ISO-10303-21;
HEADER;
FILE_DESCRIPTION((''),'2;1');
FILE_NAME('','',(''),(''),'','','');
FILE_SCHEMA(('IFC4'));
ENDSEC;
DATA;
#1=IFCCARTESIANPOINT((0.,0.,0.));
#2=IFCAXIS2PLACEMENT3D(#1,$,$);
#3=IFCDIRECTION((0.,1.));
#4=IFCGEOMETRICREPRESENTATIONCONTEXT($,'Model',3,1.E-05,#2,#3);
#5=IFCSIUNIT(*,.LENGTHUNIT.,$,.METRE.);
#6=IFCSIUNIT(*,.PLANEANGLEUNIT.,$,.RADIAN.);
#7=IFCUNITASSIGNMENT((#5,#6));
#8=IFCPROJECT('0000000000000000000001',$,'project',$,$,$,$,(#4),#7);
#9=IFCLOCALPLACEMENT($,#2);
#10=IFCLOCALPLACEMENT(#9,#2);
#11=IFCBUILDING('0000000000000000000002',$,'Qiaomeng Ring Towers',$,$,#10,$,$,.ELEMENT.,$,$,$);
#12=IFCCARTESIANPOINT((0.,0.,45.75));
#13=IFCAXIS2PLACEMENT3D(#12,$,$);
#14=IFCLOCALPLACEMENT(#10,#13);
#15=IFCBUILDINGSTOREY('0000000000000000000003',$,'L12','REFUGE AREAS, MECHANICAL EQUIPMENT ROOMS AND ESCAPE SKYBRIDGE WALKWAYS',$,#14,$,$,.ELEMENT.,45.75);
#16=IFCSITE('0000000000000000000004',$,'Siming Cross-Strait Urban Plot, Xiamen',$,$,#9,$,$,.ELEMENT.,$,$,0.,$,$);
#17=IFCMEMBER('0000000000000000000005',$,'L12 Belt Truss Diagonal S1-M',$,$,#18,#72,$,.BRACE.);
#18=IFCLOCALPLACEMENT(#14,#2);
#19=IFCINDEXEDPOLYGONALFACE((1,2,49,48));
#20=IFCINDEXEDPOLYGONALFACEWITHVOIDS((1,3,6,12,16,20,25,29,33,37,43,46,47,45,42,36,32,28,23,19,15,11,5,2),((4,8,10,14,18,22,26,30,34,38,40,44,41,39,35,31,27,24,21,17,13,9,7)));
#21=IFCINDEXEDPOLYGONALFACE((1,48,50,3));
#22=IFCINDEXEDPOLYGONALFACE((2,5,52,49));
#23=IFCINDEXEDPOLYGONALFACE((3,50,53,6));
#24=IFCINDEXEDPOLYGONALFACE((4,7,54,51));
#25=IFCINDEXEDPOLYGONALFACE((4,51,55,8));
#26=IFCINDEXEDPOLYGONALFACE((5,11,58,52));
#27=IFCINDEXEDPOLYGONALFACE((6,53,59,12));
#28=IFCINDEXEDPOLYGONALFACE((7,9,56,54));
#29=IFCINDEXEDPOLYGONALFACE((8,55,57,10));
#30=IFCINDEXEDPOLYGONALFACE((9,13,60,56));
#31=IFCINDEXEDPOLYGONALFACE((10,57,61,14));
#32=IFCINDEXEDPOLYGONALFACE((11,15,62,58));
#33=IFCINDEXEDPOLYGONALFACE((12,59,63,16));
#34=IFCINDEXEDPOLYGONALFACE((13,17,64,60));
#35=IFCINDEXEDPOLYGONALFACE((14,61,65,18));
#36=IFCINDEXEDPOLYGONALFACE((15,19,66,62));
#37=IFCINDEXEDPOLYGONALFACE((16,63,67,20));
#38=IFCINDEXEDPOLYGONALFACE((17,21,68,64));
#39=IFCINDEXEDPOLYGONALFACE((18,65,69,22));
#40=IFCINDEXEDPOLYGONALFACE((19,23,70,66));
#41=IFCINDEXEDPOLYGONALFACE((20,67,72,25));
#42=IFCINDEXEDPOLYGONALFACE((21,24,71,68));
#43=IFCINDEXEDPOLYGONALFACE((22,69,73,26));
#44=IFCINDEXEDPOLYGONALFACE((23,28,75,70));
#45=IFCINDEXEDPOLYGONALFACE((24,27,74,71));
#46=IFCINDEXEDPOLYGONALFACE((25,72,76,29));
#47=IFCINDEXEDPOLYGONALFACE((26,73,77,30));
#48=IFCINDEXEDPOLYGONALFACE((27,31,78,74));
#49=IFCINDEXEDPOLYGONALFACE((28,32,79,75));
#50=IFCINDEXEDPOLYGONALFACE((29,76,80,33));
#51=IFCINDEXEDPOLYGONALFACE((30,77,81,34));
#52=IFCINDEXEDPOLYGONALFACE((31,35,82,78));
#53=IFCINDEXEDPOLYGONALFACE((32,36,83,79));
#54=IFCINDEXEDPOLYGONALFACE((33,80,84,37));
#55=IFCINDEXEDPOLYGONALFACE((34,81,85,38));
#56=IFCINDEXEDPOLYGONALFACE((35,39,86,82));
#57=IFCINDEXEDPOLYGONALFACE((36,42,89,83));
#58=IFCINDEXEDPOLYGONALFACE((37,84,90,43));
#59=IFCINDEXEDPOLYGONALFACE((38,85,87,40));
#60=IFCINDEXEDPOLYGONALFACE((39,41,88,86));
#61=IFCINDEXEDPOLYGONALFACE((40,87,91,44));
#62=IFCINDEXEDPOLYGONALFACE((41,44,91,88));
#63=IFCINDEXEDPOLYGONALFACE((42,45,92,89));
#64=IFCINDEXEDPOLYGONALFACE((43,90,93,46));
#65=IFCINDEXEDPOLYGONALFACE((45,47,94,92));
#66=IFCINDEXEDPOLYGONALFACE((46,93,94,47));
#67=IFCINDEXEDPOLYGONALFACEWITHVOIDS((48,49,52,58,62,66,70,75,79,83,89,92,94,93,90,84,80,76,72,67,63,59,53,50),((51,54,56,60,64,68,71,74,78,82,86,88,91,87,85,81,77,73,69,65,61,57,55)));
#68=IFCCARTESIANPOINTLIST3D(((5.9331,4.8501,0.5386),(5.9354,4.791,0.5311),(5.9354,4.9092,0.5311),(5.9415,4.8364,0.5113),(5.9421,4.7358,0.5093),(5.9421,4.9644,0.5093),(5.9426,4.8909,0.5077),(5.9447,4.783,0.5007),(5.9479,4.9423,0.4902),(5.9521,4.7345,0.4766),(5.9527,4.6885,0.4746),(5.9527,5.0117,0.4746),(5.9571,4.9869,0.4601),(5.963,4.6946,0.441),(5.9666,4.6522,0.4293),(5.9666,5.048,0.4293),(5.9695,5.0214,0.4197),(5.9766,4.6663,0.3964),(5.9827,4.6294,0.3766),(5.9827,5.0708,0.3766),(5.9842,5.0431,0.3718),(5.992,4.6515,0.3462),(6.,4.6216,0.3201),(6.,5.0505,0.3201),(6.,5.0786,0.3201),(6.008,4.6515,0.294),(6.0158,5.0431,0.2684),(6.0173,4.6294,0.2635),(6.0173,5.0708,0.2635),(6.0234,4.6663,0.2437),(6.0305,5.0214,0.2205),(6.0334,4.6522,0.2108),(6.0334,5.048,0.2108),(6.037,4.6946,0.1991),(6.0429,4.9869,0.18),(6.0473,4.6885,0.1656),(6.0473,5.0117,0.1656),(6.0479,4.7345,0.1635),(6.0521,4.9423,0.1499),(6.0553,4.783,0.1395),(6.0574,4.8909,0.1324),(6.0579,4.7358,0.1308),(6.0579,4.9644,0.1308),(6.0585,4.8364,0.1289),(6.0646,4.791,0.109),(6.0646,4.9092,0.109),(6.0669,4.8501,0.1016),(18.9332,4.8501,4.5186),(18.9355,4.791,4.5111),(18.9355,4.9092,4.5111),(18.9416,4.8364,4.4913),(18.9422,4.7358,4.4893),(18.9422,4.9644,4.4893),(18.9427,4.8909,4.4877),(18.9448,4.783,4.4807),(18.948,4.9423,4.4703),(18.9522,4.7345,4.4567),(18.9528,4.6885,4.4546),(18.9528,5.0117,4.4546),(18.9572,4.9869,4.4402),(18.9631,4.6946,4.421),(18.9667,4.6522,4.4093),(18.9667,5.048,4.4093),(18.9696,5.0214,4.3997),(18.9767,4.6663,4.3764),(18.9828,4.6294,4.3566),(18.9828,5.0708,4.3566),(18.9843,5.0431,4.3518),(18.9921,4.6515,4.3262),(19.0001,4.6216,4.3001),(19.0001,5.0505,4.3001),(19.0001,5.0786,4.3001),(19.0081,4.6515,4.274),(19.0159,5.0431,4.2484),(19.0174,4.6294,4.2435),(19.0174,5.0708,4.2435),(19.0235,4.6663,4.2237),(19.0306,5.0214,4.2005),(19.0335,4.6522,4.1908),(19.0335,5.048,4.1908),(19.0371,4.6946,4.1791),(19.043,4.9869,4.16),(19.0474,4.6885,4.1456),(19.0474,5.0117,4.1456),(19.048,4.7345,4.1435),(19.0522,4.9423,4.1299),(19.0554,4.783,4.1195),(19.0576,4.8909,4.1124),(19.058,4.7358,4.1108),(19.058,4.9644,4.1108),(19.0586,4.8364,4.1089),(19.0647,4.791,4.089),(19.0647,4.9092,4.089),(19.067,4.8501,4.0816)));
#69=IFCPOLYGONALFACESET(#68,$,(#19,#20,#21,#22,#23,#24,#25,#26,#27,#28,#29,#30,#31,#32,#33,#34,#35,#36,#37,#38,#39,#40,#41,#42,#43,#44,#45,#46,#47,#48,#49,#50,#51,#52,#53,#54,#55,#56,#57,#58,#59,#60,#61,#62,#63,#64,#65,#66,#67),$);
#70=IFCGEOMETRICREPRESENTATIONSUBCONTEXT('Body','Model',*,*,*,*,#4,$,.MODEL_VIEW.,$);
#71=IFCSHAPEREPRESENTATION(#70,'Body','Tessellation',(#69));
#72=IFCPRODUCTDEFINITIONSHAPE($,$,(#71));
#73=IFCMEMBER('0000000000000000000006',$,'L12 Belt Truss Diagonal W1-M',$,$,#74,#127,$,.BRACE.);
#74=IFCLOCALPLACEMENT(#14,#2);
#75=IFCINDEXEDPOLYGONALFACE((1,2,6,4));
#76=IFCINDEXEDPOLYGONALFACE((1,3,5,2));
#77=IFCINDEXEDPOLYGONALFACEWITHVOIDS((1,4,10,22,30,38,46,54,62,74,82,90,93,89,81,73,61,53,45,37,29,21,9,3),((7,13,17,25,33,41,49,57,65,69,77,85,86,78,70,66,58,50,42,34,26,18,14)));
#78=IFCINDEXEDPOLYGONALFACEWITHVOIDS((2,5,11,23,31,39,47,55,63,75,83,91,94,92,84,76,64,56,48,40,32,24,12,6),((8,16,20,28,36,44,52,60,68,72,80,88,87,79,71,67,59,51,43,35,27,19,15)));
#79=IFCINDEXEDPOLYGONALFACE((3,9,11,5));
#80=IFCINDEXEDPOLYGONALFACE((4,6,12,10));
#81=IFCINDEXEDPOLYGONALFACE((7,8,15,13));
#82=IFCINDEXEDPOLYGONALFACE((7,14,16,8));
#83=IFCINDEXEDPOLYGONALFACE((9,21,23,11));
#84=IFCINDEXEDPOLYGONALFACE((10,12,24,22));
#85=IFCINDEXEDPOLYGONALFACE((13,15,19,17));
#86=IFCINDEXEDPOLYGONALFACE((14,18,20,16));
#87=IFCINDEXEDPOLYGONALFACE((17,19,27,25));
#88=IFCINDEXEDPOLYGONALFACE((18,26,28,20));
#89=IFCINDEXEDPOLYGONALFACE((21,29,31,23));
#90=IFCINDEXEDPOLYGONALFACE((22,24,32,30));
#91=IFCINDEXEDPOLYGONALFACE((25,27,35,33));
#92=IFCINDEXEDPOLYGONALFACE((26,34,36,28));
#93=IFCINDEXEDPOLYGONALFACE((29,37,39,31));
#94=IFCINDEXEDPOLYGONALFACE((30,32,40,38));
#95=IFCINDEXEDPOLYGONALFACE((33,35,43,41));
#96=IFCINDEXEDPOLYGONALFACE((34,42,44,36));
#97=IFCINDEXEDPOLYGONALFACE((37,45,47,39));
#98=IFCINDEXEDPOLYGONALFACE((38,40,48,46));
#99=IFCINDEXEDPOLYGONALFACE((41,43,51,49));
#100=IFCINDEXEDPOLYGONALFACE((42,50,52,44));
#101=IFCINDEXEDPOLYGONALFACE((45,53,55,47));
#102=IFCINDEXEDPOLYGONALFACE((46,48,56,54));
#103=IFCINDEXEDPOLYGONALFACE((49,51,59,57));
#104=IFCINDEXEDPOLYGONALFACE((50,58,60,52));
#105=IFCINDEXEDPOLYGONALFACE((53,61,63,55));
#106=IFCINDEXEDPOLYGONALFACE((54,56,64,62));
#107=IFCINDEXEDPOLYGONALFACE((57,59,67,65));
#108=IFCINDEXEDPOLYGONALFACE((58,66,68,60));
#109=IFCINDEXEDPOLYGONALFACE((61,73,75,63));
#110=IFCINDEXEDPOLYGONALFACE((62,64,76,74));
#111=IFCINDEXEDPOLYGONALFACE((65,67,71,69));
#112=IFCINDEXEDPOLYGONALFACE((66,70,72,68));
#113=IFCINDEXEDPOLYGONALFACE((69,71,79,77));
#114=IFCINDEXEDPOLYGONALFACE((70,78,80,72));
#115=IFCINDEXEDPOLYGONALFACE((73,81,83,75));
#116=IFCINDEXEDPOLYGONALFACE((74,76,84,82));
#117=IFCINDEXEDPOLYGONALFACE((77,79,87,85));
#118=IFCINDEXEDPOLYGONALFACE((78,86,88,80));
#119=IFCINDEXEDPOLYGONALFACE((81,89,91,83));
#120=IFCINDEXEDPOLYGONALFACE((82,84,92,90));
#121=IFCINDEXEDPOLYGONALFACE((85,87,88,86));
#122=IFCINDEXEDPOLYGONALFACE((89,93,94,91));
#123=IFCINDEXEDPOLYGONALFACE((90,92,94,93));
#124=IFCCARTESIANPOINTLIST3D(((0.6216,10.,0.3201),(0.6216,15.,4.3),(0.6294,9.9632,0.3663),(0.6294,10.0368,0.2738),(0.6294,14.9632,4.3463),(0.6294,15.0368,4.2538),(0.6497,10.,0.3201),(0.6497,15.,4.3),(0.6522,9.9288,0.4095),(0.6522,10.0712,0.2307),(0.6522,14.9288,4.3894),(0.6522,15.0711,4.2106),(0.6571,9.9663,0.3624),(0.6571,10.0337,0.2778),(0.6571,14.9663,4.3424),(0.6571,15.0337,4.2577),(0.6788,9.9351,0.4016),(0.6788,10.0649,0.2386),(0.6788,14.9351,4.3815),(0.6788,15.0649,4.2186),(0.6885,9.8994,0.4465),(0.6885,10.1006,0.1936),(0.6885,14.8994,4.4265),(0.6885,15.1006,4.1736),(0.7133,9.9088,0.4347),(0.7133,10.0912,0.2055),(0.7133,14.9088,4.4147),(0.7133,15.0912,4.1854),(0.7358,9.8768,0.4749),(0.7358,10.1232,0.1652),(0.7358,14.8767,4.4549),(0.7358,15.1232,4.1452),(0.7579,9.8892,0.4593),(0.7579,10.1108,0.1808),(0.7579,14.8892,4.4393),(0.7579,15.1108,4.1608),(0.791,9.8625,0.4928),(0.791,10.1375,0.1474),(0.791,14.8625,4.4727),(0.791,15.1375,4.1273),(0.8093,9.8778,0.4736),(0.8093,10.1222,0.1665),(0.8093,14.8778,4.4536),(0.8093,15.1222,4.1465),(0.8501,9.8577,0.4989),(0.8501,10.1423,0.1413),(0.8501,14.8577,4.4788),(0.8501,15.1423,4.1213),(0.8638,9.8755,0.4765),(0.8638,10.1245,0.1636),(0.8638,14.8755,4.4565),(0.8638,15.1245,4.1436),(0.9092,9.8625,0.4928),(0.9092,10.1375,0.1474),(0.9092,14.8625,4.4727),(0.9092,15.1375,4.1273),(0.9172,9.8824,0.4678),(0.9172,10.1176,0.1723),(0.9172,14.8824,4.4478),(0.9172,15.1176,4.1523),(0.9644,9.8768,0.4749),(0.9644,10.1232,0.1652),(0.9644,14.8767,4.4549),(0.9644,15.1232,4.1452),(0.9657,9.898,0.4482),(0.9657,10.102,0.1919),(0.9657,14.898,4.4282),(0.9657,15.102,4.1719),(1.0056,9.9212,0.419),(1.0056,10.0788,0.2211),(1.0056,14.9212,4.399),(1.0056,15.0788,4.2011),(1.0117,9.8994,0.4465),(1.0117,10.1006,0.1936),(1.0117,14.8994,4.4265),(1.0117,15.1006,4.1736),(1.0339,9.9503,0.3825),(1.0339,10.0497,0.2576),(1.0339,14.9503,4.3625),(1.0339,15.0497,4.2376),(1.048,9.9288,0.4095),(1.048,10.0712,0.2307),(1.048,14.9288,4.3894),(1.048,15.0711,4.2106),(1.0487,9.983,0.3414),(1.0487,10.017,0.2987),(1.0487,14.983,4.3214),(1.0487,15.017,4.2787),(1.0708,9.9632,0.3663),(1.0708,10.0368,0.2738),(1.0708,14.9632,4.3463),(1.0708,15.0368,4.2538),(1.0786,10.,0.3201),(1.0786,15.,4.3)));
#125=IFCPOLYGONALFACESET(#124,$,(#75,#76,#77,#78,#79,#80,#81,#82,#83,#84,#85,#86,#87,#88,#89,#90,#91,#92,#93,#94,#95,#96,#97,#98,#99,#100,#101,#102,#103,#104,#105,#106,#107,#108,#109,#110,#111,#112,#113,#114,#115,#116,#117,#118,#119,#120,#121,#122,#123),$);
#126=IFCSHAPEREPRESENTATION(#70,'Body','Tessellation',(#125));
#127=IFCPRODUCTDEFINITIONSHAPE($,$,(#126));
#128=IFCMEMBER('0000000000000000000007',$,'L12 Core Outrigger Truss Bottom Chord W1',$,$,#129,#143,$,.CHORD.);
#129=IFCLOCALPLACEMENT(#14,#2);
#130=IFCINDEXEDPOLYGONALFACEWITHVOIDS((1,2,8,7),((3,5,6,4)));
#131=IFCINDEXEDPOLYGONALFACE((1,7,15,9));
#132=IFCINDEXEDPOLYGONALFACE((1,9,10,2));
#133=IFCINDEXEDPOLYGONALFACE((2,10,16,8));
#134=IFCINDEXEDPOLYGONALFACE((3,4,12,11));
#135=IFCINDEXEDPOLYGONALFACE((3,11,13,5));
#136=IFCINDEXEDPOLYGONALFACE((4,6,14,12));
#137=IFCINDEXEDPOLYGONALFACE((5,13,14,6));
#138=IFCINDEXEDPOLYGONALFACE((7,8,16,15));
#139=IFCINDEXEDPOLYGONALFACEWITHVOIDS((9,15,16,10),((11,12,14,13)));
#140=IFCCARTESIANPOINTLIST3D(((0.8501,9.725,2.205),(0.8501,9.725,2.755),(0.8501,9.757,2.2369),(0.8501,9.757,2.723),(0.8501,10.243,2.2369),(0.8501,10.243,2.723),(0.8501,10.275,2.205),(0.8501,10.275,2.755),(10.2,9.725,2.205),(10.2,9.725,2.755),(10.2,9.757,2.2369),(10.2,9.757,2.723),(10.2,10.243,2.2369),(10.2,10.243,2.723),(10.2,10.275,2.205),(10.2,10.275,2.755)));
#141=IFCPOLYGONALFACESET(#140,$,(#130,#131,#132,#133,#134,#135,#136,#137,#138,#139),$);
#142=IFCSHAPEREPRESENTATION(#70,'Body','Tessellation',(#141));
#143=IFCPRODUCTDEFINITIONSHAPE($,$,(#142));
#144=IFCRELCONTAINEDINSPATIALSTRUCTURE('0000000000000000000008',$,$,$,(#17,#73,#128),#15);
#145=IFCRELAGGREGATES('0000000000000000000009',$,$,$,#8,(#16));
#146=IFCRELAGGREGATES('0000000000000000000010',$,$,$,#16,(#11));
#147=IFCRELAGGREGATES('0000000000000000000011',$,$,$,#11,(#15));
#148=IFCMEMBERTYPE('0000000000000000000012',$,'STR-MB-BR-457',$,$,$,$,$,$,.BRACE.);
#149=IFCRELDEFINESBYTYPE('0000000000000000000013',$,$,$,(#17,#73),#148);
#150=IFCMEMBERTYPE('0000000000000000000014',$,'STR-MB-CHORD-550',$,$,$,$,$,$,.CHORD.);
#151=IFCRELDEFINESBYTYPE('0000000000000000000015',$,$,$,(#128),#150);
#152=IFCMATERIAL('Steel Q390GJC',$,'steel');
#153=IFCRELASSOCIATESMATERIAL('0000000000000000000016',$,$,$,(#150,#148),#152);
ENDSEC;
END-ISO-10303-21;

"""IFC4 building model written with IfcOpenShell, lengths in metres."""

from ifc_helpers import new_model, si_unit, direction, frame, origin, origin_2d, place, context, subcontext, project, spatial, hollow_rectangle, hollow_circle, extrude, source, transform, mapped, material, material_profile, profile_set, type_object, element, save


model = new_model("IFC4")

# Units and contexts
model_context = context("Model", 3, precision=1e-05, world=origin(), true_north=direction((0.0, 1.0)))
body_context = subcontext(model_context, "Body", "Model", "MODEL_VIEW")
ifc_project = project(units=[si_unit("LENGTHUNIT", "METRE"), si_unit("PLANEANGLEUNIT", "RADIAN")], contexts=[model_context])

# Site, building, storey
site_placement = place(None, origin())
site = spatial("IfcSite", under=ifc_project, at=site_placement, Name="Siming Cross-Strait Urban Plot, Xiamen", CompositionType="ELEMENT", RefElevation=0.0)
building_placement = place(site_placement, origin())
building = spatial("IfcBuilding", under=site, at=building_placement, Name="Qiaomeng Ring Towers", CompositionType="ELEMENT")
storey_placement = place(building_placement, frame((0.0, 0.0, 45.75)))
storey = spatial("IfcBuildingStorey", under=building, at=storey_placement, Name="L12", Description="REFUGE AREAS, MECHANICAL EQUIPMENT ROOMS AND ESCAPE SKYBRIDGE WALKWAYS", CompositionType="ELEMENT", Elevation=45.75)

# Shared definitions
ifc_material_1 = material(Name="Steel Q390GJC", Category="steel")

# Members
ifc_material_profile_1 = material_profile(ifc_material_1, hollow_rectangle(XDim=0.55, YDim=0.55, WallThickness=0.032, at=origin_2d()), Name="SHS 550x550x32")
ifc_profile_set_1 = profile_set([ifc_material_profile_1], Name="Steel Q390GJC")
member_type_1 = type_object("IfcMemberType", Name="STR-MB-CHORD-550", PredefinedType="CHORD", material=ifc_profile_set_1)
ifc_material_profile_2 = material_profile(ifc_material_1, hollow_circle(Radius=0.2285, WallThickness=0.0281, at=origin_2d()), Name="CHS 457x28")
ifc_profile_set_2 = profile_set([ifc_material_profile_2], Name="Steel Q390GJC")
member_type_2 = type_object("IfcMemberType", Name="STR-MB-BR-457", PredefinedType="BRACE", material=ifc_profile_set_2)
shared_shape_1 = source(origin(), body_context, "Body", "SweptSolid", [
    extrude(hollow_circle(Radius=0.2285, WallThickness=0.0281, at=origin_2d()), origin(), (0.0, 0.0, 1.0), 13.5957),
])
member_1_placement = place(storey_placement, frame((6.0, 4.8501, 0.3201), z_axis=(0.956192, 0.0, 0.29274), x_axis=(0.0, 1.0, 0.0)))
element("IfcMember", 1, at=member_1_placement, inside=storey, type_object=member_type_2, Name="L12 Belt Truss Diagonal S1-M", PredefinedType="BRACE", context=body_context, shape_type="MappedRepresentation", body=[
    mapped(shared_shape_1, transform((0.0, 0.0, 0.0), x_axis=(1.0, 0.0, 0.0), y_axis=(0.0, 1.0, 0.0), z_axis=(0.0, 0.0, 1.0), scale=1.0)),
])
shared_shape_2 = source(origin(), body_context, "Body", "SweptSolid", [
    extrude(hollow_circle(Radius=0.2285, WallThickness=0.0281, at=origin_2d()), origin(), (0.0, 0.0, 1.0), 6.3906),
])
member_2_placement = place(storey_placement, frame((0.8501, 10.0, 0.3201), z_axis=(0.0, 0.782395, 0.622783), x_axis=(-1.0, 0.0, 0.0)))
element("IfcMember", 2, at=member_2_placement, inside=storey, type_object=member_type_2, Name="L12 Belt Truss Diagonal W1-M", PredefinedType="BRACE", context=body_context, shape_type="MappedRepresentation", body=[
    mapped(shared_shape_2, transform((0.0, 0.0, 0.0), x_axis=(1.0, 0.0, 0.0), y_axis=(0.0, 1.0, 0.0), z_axis=(0.0, 0.0, 1.0), scale=1.0)),
])
shared_shape_3 = source(origin(), body_context, "Body", "SweptSolid", [
    extrude(hollow_rectangle(XDim=0.55, YDim=0.55, WallThickness=0.032, at=origin_2d()), origin(), (0.0, 0.0, 1.0), 9.3499),
])
member_3_placement = place(storey_placement, frame((10.2, 10.0, 2.48), z_axis=(-1.0, 0.0, 0.0), x_axis=(0.0, -1.0, 0.0)))
element("IfcMember", 3, at=member_3_placement, inside=storey, type_object=member_type_1, Name="L12 Core Outrigger Truss Bottom Chord W1", PredefinedType="CHORD", context=body_context, shape_type="MappedRepresentation", body=[
    mapped(shared_shape_3, transform((0.0, 0.0, 0.0), x_axis=(1.0, 0.0, 0.0), y_axis=(0.0, 1.0, 0.0), z_axis=(0.0, 0.0, 1.0), scale=1.0)),
])

save(model, "model.ifc")
